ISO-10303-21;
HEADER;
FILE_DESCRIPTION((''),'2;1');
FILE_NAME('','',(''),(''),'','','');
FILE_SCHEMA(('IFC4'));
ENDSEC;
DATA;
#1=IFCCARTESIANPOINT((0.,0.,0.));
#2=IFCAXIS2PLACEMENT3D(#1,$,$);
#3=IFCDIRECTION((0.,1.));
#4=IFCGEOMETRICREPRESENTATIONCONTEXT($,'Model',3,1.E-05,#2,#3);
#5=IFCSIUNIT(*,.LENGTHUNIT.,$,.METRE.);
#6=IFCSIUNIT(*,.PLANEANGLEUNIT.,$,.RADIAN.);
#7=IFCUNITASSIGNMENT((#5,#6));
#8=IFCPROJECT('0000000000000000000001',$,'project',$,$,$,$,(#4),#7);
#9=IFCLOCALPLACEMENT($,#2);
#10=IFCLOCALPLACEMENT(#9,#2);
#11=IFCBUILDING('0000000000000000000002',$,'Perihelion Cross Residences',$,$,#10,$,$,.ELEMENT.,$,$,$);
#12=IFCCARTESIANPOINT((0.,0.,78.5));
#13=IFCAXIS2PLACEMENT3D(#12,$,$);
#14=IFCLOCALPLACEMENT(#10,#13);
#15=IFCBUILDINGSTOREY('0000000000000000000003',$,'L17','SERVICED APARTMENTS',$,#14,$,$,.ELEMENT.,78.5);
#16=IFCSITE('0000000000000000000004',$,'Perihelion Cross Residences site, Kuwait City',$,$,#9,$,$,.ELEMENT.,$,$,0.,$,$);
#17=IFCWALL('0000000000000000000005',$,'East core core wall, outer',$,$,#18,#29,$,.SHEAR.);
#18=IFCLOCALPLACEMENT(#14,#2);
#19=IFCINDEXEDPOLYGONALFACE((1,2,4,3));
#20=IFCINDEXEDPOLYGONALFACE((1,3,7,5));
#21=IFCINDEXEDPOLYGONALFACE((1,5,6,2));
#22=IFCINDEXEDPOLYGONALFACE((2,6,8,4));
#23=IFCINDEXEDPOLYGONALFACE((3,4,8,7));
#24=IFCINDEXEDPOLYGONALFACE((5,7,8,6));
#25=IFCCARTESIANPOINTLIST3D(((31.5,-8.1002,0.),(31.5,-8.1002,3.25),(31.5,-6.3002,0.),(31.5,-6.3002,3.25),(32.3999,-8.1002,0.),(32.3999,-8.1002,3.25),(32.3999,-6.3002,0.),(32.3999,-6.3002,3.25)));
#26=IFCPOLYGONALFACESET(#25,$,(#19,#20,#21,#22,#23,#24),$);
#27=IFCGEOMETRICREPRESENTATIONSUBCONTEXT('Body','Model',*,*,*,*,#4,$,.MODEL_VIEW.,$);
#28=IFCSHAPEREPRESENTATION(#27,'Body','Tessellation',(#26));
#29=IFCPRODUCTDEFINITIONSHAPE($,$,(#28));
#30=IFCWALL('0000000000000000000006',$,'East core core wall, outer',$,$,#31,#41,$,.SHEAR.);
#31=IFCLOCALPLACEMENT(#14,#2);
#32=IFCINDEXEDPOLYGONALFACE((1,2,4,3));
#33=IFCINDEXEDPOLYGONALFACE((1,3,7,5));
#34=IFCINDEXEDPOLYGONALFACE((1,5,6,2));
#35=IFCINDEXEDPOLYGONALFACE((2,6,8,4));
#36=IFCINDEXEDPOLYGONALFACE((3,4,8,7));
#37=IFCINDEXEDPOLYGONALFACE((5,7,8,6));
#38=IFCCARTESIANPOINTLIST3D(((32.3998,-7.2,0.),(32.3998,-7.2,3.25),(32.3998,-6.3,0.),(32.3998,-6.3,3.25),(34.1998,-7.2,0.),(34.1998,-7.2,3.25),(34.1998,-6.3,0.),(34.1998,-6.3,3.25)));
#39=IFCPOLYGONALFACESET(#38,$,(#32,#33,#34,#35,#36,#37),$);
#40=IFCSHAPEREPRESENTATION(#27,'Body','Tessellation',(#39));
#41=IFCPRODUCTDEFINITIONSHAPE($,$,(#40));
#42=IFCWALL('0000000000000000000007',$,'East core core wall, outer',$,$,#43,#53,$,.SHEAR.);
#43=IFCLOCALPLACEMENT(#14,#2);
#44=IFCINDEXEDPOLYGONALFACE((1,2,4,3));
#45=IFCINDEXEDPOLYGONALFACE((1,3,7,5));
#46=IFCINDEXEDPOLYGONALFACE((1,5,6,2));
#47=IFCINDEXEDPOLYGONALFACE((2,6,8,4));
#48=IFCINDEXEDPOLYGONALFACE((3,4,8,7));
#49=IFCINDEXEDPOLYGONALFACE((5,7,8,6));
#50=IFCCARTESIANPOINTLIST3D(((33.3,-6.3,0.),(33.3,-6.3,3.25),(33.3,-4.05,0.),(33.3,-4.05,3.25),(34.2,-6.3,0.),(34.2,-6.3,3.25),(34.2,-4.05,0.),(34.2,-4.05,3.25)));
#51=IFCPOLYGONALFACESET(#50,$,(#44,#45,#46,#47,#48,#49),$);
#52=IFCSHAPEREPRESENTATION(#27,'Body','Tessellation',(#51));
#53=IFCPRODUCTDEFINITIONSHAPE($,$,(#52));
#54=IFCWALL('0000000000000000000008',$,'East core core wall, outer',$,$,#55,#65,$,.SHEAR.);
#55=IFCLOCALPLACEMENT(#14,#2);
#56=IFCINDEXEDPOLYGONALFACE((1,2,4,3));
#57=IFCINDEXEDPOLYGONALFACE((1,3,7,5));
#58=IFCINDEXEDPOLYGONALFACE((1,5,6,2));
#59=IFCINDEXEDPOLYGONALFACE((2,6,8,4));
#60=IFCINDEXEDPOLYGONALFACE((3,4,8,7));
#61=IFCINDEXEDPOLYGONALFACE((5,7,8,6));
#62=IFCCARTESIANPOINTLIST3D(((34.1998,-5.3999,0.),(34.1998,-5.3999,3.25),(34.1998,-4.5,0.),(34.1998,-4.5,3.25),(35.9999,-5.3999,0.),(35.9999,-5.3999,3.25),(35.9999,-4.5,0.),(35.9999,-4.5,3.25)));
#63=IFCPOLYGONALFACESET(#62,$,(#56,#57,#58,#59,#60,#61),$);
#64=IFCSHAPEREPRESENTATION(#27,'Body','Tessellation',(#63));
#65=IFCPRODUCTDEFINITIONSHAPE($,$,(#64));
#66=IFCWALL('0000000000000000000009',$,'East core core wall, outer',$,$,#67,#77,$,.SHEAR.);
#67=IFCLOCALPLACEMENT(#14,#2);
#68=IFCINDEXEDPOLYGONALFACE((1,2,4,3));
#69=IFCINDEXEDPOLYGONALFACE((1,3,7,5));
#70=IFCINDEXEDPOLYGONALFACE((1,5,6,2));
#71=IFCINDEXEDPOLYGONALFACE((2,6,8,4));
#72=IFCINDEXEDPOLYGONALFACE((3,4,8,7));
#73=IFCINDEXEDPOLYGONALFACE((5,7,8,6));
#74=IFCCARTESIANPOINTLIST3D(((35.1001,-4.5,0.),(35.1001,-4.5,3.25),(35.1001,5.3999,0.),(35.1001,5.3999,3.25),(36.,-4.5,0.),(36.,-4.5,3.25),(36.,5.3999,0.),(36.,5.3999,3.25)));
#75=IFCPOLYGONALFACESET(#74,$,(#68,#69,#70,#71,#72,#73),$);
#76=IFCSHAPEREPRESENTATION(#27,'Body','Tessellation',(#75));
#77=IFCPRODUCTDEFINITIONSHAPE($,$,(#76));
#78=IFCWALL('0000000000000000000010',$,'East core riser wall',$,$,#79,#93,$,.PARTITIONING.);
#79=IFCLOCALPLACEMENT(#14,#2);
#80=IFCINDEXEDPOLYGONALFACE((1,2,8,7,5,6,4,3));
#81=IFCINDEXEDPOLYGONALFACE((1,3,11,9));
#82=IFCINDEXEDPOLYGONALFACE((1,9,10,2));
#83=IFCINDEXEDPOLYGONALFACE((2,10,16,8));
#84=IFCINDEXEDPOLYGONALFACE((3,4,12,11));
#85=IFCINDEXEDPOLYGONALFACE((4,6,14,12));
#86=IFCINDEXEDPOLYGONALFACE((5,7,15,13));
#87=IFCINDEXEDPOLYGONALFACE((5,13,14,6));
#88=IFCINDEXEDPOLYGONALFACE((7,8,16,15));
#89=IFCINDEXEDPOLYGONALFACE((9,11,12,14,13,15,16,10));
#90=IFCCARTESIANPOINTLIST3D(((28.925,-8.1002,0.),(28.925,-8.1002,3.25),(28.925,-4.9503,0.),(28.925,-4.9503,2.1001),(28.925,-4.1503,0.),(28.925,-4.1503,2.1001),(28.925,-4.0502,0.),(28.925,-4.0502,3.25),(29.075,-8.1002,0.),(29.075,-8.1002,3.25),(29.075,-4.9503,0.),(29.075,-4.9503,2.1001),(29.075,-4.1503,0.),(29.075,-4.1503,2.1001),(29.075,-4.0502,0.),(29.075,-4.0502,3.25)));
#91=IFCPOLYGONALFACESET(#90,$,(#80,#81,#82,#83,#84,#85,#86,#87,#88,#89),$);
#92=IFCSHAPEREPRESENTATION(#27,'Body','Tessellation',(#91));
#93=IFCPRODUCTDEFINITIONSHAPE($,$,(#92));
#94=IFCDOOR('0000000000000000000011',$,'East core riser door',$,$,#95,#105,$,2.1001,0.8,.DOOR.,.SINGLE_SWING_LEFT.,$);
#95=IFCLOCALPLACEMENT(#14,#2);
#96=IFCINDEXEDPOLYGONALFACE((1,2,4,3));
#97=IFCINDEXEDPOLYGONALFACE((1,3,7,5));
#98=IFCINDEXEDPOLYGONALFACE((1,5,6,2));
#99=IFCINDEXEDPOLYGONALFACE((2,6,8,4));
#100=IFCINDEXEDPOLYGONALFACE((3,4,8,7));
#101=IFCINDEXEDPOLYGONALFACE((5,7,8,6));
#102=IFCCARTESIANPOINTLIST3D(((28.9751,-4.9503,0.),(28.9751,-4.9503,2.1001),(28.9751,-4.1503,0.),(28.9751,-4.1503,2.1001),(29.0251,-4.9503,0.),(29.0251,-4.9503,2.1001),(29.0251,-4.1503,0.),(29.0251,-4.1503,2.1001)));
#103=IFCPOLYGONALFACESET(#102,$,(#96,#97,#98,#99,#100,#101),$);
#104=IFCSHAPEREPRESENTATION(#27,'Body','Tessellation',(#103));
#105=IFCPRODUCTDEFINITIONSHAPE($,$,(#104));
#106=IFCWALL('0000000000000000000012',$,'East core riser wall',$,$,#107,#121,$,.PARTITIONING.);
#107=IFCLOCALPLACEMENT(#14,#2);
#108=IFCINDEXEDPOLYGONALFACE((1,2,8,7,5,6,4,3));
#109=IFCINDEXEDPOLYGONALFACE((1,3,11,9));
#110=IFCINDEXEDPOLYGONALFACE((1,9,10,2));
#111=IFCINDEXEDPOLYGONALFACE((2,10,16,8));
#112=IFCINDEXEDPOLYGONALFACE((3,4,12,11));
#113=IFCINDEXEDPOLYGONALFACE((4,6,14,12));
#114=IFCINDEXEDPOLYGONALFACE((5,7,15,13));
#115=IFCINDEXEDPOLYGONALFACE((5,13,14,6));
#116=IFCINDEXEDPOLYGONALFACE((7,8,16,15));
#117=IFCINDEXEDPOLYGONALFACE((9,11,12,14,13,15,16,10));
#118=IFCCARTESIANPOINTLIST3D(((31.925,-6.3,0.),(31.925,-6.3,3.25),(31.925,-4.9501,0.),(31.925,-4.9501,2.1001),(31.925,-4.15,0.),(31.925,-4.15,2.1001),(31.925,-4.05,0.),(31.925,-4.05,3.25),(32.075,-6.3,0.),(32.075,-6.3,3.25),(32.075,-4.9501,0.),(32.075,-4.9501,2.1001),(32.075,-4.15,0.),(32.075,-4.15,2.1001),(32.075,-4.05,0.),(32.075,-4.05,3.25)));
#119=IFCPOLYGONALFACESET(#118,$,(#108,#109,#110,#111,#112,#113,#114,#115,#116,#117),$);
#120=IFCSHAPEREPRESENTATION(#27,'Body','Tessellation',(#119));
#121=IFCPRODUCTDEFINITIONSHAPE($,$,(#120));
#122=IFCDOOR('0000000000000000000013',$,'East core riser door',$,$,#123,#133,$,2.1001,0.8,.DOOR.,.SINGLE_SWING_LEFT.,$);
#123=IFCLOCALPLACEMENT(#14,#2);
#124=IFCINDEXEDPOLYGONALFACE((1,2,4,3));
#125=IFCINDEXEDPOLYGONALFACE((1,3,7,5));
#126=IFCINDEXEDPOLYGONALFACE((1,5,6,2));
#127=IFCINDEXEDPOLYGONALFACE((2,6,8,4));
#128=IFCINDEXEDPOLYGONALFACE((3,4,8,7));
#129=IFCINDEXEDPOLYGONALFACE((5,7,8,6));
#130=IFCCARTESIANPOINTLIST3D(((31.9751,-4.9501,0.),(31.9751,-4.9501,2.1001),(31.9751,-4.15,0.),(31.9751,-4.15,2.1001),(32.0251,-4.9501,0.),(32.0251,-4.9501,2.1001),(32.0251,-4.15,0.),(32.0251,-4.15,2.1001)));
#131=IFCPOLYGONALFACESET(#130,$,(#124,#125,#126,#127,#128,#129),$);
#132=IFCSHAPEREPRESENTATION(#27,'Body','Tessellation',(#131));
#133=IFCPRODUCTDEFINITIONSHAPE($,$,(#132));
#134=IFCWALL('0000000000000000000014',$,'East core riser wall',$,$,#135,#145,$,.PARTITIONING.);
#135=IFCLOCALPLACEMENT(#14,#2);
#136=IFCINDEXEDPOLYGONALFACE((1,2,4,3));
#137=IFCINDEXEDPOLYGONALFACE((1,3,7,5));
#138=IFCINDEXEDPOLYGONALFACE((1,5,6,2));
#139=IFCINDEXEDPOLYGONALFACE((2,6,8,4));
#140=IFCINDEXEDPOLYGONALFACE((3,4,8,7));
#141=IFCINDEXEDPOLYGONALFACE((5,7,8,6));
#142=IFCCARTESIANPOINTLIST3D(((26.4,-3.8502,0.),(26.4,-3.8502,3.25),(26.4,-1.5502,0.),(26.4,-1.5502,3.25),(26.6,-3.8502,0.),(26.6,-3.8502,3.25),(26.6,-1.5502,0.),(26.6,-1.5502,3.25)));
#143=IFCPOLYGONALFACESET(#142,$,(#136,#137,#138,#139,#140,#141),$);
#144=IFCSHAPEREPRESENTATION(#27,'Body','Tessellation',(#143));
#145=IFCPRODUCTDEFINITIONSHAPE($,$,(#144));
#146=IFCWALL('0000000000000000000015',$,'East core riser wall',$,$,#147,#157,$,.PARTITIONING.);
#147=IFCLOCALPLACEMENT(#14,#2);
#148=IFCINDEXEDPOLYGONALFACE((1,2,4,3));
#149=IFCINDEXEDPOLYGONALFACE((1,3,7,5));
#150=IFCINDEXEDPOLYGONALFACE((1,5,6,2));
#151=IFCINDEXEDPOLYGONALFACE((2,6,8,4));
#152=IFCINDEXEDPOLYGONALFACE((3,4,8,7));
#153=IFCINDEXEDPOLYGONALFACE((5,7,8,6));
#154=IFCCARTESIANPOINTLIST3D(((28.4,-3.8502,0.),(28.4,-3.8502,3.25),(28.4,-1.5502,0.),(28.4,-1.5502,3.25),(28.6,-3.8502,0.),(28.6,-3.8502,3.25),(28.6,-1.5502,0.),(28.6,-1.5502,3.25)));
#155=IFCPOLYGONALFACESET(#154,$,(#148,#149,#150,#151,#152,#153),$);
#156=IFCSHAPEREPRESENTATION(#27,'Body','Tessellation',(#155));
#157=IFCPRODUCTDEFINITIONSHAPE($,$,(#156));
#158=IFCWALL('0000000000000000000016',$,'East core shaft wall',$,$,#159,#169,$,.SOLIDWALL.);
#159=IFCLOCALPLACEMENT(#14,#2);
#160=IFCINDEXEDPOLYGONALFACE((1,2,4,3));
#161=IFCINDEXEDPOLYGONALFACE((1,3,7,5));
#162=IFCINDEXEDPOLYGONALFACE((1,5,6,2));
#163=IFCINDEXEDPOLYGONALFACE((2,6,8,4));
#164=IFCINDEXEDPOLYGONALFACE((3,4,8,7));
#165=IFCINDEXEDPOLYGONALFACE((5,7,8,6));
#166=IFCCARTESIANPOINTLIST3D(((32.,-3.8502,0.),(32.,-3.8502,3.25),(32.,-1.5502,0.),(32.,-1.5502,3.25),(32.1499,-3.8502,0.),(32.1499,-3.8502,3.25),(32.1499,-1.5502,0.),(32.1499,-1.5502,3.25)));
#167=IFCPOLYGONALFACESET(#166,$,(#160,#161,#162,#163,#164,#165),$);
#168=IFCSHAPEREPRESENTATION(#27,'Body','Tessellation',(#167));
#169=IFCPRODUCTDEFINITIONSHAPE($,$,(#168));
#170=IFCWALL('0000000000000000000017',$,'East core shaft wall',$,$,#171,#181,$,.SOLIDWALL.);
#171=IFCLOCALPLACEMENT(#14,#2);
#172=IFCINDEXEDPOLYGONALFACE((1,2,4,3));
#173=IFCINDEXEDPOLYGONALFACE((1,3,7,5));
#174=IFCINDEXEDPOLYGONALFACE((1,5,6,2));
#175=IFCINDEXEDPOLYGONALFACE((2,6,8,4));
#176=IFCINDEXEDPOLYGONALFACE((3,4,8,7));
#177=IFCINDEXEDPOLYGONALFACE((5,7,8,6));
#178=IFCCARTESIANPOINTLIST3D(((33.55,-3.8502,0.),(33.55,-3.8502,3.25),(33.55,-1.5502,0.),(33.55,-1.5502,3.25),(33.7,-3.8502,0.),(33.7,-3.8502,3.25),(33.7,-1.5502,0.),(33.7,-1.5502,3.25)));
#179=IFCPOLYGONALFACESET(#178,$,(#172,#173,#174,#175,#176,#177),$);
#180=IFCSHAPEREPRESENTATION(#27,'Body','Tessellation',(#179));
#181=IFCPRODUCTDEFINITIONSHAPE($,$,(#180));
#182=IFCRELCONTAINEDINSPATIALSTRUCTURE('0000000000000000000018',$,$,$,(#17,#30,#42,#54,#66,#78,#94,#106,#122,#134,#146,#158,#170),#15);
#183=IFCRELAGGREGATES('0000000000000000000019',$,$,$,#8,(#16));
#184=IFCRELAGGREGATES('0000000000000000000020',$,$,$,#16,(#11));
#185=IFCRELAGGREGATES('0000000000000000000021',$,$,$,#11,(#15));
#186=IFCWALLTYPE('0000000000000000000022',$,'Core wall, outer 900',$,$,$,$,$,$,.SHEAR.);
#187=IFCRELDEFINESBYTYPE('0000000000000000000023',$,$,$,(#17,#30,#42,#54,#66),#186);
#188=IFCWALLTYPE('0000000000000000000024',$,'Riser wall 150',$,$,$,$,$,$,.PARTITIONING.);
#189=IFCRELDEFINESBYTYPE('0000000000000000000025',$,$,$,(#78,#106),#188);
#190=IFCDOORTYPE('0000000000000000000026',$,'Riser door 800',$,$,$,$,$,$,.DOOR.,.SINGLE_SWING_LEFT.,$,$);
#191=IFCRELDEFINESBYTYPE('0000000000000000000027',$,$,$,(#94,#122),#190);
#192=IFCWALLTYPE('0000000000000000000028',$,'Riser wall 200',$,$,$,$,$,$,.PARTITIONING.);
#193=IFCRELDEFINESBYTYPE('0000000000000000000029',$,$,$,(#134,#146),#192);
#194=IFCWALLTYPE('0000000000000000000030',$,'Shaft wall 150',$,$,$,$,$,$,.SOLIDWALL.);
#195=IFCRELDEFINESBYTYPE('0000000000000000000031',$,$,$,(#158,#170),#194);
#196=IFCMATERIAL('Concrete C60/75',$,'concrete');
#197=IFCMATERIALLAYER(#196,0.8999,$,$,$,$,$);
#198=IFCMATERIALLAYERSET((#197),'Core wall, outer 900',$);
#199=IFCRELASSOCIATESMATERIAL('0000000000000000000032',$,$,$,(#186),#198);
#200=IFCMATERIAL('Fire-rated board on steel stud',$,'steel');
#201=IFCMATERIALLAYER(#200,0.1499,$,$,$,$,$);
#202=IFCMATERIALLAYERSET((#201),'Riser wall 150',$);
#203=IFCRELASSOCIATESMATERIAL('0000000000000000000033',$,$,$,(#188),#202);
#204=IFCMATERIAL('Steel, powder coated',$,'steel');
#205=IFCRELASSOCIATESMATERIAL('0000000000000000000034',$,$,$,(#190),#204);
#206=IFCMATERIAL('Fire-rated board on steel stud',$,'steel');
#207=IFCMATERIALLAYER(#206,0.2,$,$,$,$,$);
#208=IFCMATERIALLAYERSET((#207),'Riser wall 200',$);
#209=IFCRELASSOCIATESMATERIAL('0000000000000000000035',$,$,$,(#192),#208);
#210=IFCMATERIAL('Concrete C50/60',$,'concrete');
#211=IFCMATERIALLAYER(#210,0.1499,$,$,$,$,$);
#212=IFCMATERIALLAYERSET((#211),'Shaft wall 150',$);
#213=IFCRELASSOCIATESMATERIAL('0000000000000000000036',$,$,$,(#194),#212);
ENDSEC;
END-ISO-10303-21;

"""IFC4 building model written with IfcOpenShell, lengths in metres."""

from ifc_helpers import new_model, si_unit, direction, frame, frame_2d, origin, place, context, subcontext, project, spatial, rectangle, extrude, material, layer, layer_set, type_object, element, fill, save


model = new_model("IFC4")

# Units and contexts
model_context = context("Model", 3, precision=1e-05, world=origin(), true_north=direction((0.0, 1.0)))
body_context = subcontext(model_context, "Body", "Model", "MODEL_VIEW")
ifc_project = project(units=[si_unit("LENGTHUNIT", "METRE"), si_unit("PLANEANGLEUNIT", "RADIAN")], contexts=[model_context])

# Site, building, storey
site_placement = place(None, origin())
site = spatial("IfcSite", under=ifc_project, at=site_placement, Name="Perihelion Cross Residences site, Kuwait City", CompositionType="ELEMENT", RefElevation=0.0)
building_placement = place(site_placement, origin())
building = spatial("IfcBuilding", under=site, at=building_placement, Name="Perihelion Cross Residences", CompositionType="ELEMENT")
storey_placement = place(building_placement, frame((0.0, 0.0, 78.5)))
storey = spatial("IfcBuildingStorey", under=building, at=storey_placement, Name="L17", Description="SERVICED APARTMENTS", CompositionType="ELEMENT", Elevation=78.5)

# Walls
ifc_material_1 = material(Name="Concrete C60/75", Category="concrete")
ifc_layer_1 = layer(ifc_material_1, 0.8999)
ifc_layer_set_1 = layer_set([ifc_layer_1], Name="Core wall, outer 900")
wall_type_1 = type_object("IfcWallType", Name="Core wall, outer 900", PredefinedType="SHEAR", material=ifc_layer_set_1)
for number, where, z_axis, x_axis, name in (
    (1, (31.95, -8.1001, 0.0), (0.0, 0.0, 1.0), (0.0, 1.0, 0.0), "East core core wall, outer"),
    (2, (32.3999, -6.75, 0.0), (0.0, 0.0, 1.0), (1.0, 0.0, 0.0), "East core core wall, outer"),
):
    element("IfcWall", number, at=place(storey_placement, frame(where, z_axis=z_axis, x_axis=x_axis)), inside=storey, type_object=wall_type_1, Name=name, PredefinedType="SHEAR", context=body_context, shape_type="SweptSolid", body=[
        extrude(rectangle(XDim=1.8, YDim=0.8999, at=frame_2d((0.8999, 0.0))), origin(), (0.0, 0.0, 1.0), 3.25),
    ])
wall_1_placement = place(storey_placement, frame((33.75, -6.3, 0.0), z_axis=(0.0, 0.0, 1.0), x_axis=(0.0, 1.0, 0.0)))
element("IfcWall", 3, at=wall_1_placement, inside=storey, type_object=wall_type_1, Name="East core core wall, outer", PredefinedType="SHEAR", context=body_context, shape_type="SweptSolid", body=[
    extrude(rectangle(XDim=2.25, YDim=0.8999, at=frame_2d((1.125, 0.0))), origin(), (0.0, 0.0, 1.0), 3.25),
])
wall_2_placement = place(storey_placement, frame((34.2, -4.95, 0.0), z_axis=(0.0, 0.0, 1.0), x_axis=(1.0, 0.0, 0.0)))
element("IfcWall", 4, at=wall_2_placement, inside=storey, type_object=wall_type_1, Name="East core core wall, outer", PredefinedType="SHEAR", context=body_context, shape_type="SweptSolid", body=[
    extrude(rectangle(XDim=1.8, YDim=0.8999, at=frame_2d((0.8999, 0.0))), origin(), (0.0, 0.0, 1.0), 3.25),
])
wall_3_placement = place(storey_placement, frame((35.55, -4.5, 0.0), z_axis=(0.0, 0.0, 1.0), x_axis=(0.0, 1.0, 0.0)))
element("IfcWall", 5, at=wall_3_placement, inside=storey, type_object=wall_type_1, Name="East core core wall, outer", PredefinedType="SHEAR", context=body_context, shape_type="SweptSolid", body=[
    extrude(rectangle(XDim=9.8999, YDim=0.8999, at=frame_2d((4.95, 0.0))), origin(), (0.0, 0.0, 1.0), 3.25),
])

# Walls, openings, doors
ifc_material_2 = material(Name="Fire-rated board on steel stud", Category="steel")
ifc_layer_2 = layer(ifc_material_2, 0.1499)
ifc_layer_set_2 = layer_set([ifc_layer_2], Name="Riser wall 150")
wall_type_2 = type_object("IfcWallType", Name="Riser wall 150", PredefinedType="PARTITIONING", material=ifc_layer_set_2)
wall_4_placement = place(storey_placement, frame((29.0, -8.1001, 0.0), z_axis=(0.0, 0.0, 1.0), x_axis=(0.0, 1.0, 0.0)))
wall_4 = element("IfcWall", 6, at=wall_4_placement, inside=storey, type_object=wall_type_2, Name="East core riser wall", PredefinedType="PARTITIONING", context=body_context, shape_type="SweptSolid", body=[
    extrude(rectangle(XDim=4.05, YDim=0.1499, at=frame_2d((2.0249, 0.0))), origin(), (0.0, 0.0, 1.0), 3.25),
])
opening_1_placement = place(wall_4_placement, frame((3.1499, 0.0, 0.0)))
opening_1 = element("IfcOpeningElement", 7, at=opening_1_placement, cuts=wall_4, PredefinedType="OPENING", context=body_context, shape_type="SweptSolid", body=[
    extrude(rectangle(XDim=0.8, YDim=2.1001, at=frame_2d((0.3999, 1.05))), frame((0.0, 0.085, 0.0), z_axis=(0.0, -1.0, 0.0), x_axis=(1.0, 0.0, 0.0)), (0.0, 0.0, 1.0), 0.1699),
])
ifc_material_3 = material(Name="Steel, powder coated", Category="steel")
door_type = type_object("IfcDoorType", Name="Riser door 800", OperationType="SINGLE_SWING_LEFT", PredefinedType="DOOR", material=ifc_material_3)
door_1_placement = place(opening_1_placement, origin())
door_1 = element("IfcDoor", 8, at=door_1_placement, inside=storey, type_object=door_type, Name="East core riser door", OperationType="SINGLE_SWING_LEFT", OverallHeight=2.1001, OverallWidth=0.8, PredefinedType="DOOR", context=body_context, shape_type="SweptSolid", body=[
    extrude(rectangle(XDim=0.8, YDim=2.1001, at=frame_2d((0.3999, 1.05))), frame((0.0, 0.0249, 0.0), z_axis=(0.0, -1.0, 0.0), x_axis=(1.0, 0.0, 0.0)), (0.0, 0.0, 1.0), 0.05),
])
fill(opening_1, door_1)
wall_5_placement = place(storey_placement, frame((32.0, -6.3, 0.0), z_axis=(0.0, 0.0, 1.0), x_axis=(0.0, 1.0, 0.0)))
wall_5 = element("IfcWall", 9, at=wall_5_placement, inside=storey, type_object=wall_type_2, Name="East core riser wall", PredefinedType="PARTITIONING", context=body_context, shape_type="SweptSolid", body=[
    extrude(rectangle(XDim=2.25, YDim=0.1499, at=frame_2d((1.125, 0.0))), origin(), (0.0, 0.0, 1.0), 3.25),
])
opening_2_placement = place(wall_5_placement, frame((1.3501, 0.0, 0.0)))
opening_2 = element("IfcOpeningElement", 10, at=opening_2_placement, cuts=wall_5, PredefinedType="OPENING", context=body_context, shape_type="SweptSolid", body=[
    extrude(rectangle(XDim=0.8, YDim=2.1001, at=frame_2d((0.3999, 1.05))), frame((0.0, 0.085, 0.0), z_axis=(0.0, -1.0, 0.0), x_axis=(1.0, 0.0, 0.0)), (0.0, 0.0, 1.0), 0.1699),
])
door_2_placement = place(opening_2_placement, origin())
door_2 = element("IfcDoor", 11, at=door_2_placement, inside=storey, type_object=door_type, Name="East core riser door", OperationType="SINGLE_SWING_LEFT", OverallHeight=2.1001, OverallWidth=0.8, PredefinedType="DOOR", context=body_context, shape_type="SweptSolid", body=[
    extrude(rectangle(XDim=0.8, YDim=2.1001, at=frame_2d((0.3999, 1.05))), frame((0.0, 0.0249, 0.0), z_axis=(0.0, -1.0, 0.0), x_axis=(1.0, 0.0, 0.0)), (0.0, 0.0, 1.0), 0.05),
])
fill(opening_2, door_2)

# Walls
ifc_material_4 = material(Name="Fire-rated board on steel stud", Category="steel")
ifc_layer_3 = layer(ifc_material_4, 0.2)
ifc_layer_set_3 = layer_set([ifc_layer_3], Name="Riser wall 200")
wall_type_3 = type_object("IfcWallType", Name="Riser wall 200", PredefinedType="PARTITIONING", material=ifc_layer_set_3)
for number, where, z_axis, x_axis, name in (
    (12, (26.5, -3.8501, 0.0), (0.0, 0.0, 1.0), (0.0, 1.0, 0.0), "East core riser wall"),
    (13, (28.5, -3.8501, 0.0), (0.0, 0.0, 1.0), (0.0, 1.0, 0.0), "East core riser wall"),
):
    element("IfcWall", number, at=place(storey_placement, frame(where, z_axis=z_axis, x_axis=x_axis)), inside=storey, type_object=wall_type_3, Name=name, PredefinedType="PARTITIONING", context=body_context, shape_type="SweptSolid", body=[
        extrude(rectangle(XDim=2.3, YDim=0.2, at=frame_2d((1.1499, 0.0))), origin(), (0.0, 0.0, 1.0), 3.25),
    ])
ifc_material_5 = material(Name="Concrete C50/60", Category="concrete")
ifc_layer_4 = layer(ifc_material_5, 0.1499)
ifc_layer_set_4 = layer_set([ifc_layer_4], Name="Shaft wall 150")
wall_type_4 = type_object("IfcWallType", Name="Shaft wall 150", PredefinedType="SOLIDWALL", material=ifc_layer_set_4)
for number, where, z_axis, x_axis, name in (
    (14, (32.075, -3.8501, 0.0), (0.0, 0.0, 1.0), (0.0, 1.0, 0.0), "East core shaft wall"),
    (15, (33.625, -3.8501, 0.0), (0.0, 0.0, 1.0), (0.0, 1.0, 0.0), "East core shaft wall"),
):
    element("IfcWall", number, at=place(storey_placement, frame(where, z_axis=z_axis, x_axis=x_axis)), inside=storey, type_object=wall_type_4, Name=name, PredefinedType="SOLIDWALL", context=body_context, shape_type="SweptSolid", body=[
        extrude(rectangle(XDim=2.3, YDim=0.1499, at=frame_2d((1.1499, 0.0))), origin(), (0.0, 0.0, 1.0), 3.25),
    ])

save(model, "model.ifc")
